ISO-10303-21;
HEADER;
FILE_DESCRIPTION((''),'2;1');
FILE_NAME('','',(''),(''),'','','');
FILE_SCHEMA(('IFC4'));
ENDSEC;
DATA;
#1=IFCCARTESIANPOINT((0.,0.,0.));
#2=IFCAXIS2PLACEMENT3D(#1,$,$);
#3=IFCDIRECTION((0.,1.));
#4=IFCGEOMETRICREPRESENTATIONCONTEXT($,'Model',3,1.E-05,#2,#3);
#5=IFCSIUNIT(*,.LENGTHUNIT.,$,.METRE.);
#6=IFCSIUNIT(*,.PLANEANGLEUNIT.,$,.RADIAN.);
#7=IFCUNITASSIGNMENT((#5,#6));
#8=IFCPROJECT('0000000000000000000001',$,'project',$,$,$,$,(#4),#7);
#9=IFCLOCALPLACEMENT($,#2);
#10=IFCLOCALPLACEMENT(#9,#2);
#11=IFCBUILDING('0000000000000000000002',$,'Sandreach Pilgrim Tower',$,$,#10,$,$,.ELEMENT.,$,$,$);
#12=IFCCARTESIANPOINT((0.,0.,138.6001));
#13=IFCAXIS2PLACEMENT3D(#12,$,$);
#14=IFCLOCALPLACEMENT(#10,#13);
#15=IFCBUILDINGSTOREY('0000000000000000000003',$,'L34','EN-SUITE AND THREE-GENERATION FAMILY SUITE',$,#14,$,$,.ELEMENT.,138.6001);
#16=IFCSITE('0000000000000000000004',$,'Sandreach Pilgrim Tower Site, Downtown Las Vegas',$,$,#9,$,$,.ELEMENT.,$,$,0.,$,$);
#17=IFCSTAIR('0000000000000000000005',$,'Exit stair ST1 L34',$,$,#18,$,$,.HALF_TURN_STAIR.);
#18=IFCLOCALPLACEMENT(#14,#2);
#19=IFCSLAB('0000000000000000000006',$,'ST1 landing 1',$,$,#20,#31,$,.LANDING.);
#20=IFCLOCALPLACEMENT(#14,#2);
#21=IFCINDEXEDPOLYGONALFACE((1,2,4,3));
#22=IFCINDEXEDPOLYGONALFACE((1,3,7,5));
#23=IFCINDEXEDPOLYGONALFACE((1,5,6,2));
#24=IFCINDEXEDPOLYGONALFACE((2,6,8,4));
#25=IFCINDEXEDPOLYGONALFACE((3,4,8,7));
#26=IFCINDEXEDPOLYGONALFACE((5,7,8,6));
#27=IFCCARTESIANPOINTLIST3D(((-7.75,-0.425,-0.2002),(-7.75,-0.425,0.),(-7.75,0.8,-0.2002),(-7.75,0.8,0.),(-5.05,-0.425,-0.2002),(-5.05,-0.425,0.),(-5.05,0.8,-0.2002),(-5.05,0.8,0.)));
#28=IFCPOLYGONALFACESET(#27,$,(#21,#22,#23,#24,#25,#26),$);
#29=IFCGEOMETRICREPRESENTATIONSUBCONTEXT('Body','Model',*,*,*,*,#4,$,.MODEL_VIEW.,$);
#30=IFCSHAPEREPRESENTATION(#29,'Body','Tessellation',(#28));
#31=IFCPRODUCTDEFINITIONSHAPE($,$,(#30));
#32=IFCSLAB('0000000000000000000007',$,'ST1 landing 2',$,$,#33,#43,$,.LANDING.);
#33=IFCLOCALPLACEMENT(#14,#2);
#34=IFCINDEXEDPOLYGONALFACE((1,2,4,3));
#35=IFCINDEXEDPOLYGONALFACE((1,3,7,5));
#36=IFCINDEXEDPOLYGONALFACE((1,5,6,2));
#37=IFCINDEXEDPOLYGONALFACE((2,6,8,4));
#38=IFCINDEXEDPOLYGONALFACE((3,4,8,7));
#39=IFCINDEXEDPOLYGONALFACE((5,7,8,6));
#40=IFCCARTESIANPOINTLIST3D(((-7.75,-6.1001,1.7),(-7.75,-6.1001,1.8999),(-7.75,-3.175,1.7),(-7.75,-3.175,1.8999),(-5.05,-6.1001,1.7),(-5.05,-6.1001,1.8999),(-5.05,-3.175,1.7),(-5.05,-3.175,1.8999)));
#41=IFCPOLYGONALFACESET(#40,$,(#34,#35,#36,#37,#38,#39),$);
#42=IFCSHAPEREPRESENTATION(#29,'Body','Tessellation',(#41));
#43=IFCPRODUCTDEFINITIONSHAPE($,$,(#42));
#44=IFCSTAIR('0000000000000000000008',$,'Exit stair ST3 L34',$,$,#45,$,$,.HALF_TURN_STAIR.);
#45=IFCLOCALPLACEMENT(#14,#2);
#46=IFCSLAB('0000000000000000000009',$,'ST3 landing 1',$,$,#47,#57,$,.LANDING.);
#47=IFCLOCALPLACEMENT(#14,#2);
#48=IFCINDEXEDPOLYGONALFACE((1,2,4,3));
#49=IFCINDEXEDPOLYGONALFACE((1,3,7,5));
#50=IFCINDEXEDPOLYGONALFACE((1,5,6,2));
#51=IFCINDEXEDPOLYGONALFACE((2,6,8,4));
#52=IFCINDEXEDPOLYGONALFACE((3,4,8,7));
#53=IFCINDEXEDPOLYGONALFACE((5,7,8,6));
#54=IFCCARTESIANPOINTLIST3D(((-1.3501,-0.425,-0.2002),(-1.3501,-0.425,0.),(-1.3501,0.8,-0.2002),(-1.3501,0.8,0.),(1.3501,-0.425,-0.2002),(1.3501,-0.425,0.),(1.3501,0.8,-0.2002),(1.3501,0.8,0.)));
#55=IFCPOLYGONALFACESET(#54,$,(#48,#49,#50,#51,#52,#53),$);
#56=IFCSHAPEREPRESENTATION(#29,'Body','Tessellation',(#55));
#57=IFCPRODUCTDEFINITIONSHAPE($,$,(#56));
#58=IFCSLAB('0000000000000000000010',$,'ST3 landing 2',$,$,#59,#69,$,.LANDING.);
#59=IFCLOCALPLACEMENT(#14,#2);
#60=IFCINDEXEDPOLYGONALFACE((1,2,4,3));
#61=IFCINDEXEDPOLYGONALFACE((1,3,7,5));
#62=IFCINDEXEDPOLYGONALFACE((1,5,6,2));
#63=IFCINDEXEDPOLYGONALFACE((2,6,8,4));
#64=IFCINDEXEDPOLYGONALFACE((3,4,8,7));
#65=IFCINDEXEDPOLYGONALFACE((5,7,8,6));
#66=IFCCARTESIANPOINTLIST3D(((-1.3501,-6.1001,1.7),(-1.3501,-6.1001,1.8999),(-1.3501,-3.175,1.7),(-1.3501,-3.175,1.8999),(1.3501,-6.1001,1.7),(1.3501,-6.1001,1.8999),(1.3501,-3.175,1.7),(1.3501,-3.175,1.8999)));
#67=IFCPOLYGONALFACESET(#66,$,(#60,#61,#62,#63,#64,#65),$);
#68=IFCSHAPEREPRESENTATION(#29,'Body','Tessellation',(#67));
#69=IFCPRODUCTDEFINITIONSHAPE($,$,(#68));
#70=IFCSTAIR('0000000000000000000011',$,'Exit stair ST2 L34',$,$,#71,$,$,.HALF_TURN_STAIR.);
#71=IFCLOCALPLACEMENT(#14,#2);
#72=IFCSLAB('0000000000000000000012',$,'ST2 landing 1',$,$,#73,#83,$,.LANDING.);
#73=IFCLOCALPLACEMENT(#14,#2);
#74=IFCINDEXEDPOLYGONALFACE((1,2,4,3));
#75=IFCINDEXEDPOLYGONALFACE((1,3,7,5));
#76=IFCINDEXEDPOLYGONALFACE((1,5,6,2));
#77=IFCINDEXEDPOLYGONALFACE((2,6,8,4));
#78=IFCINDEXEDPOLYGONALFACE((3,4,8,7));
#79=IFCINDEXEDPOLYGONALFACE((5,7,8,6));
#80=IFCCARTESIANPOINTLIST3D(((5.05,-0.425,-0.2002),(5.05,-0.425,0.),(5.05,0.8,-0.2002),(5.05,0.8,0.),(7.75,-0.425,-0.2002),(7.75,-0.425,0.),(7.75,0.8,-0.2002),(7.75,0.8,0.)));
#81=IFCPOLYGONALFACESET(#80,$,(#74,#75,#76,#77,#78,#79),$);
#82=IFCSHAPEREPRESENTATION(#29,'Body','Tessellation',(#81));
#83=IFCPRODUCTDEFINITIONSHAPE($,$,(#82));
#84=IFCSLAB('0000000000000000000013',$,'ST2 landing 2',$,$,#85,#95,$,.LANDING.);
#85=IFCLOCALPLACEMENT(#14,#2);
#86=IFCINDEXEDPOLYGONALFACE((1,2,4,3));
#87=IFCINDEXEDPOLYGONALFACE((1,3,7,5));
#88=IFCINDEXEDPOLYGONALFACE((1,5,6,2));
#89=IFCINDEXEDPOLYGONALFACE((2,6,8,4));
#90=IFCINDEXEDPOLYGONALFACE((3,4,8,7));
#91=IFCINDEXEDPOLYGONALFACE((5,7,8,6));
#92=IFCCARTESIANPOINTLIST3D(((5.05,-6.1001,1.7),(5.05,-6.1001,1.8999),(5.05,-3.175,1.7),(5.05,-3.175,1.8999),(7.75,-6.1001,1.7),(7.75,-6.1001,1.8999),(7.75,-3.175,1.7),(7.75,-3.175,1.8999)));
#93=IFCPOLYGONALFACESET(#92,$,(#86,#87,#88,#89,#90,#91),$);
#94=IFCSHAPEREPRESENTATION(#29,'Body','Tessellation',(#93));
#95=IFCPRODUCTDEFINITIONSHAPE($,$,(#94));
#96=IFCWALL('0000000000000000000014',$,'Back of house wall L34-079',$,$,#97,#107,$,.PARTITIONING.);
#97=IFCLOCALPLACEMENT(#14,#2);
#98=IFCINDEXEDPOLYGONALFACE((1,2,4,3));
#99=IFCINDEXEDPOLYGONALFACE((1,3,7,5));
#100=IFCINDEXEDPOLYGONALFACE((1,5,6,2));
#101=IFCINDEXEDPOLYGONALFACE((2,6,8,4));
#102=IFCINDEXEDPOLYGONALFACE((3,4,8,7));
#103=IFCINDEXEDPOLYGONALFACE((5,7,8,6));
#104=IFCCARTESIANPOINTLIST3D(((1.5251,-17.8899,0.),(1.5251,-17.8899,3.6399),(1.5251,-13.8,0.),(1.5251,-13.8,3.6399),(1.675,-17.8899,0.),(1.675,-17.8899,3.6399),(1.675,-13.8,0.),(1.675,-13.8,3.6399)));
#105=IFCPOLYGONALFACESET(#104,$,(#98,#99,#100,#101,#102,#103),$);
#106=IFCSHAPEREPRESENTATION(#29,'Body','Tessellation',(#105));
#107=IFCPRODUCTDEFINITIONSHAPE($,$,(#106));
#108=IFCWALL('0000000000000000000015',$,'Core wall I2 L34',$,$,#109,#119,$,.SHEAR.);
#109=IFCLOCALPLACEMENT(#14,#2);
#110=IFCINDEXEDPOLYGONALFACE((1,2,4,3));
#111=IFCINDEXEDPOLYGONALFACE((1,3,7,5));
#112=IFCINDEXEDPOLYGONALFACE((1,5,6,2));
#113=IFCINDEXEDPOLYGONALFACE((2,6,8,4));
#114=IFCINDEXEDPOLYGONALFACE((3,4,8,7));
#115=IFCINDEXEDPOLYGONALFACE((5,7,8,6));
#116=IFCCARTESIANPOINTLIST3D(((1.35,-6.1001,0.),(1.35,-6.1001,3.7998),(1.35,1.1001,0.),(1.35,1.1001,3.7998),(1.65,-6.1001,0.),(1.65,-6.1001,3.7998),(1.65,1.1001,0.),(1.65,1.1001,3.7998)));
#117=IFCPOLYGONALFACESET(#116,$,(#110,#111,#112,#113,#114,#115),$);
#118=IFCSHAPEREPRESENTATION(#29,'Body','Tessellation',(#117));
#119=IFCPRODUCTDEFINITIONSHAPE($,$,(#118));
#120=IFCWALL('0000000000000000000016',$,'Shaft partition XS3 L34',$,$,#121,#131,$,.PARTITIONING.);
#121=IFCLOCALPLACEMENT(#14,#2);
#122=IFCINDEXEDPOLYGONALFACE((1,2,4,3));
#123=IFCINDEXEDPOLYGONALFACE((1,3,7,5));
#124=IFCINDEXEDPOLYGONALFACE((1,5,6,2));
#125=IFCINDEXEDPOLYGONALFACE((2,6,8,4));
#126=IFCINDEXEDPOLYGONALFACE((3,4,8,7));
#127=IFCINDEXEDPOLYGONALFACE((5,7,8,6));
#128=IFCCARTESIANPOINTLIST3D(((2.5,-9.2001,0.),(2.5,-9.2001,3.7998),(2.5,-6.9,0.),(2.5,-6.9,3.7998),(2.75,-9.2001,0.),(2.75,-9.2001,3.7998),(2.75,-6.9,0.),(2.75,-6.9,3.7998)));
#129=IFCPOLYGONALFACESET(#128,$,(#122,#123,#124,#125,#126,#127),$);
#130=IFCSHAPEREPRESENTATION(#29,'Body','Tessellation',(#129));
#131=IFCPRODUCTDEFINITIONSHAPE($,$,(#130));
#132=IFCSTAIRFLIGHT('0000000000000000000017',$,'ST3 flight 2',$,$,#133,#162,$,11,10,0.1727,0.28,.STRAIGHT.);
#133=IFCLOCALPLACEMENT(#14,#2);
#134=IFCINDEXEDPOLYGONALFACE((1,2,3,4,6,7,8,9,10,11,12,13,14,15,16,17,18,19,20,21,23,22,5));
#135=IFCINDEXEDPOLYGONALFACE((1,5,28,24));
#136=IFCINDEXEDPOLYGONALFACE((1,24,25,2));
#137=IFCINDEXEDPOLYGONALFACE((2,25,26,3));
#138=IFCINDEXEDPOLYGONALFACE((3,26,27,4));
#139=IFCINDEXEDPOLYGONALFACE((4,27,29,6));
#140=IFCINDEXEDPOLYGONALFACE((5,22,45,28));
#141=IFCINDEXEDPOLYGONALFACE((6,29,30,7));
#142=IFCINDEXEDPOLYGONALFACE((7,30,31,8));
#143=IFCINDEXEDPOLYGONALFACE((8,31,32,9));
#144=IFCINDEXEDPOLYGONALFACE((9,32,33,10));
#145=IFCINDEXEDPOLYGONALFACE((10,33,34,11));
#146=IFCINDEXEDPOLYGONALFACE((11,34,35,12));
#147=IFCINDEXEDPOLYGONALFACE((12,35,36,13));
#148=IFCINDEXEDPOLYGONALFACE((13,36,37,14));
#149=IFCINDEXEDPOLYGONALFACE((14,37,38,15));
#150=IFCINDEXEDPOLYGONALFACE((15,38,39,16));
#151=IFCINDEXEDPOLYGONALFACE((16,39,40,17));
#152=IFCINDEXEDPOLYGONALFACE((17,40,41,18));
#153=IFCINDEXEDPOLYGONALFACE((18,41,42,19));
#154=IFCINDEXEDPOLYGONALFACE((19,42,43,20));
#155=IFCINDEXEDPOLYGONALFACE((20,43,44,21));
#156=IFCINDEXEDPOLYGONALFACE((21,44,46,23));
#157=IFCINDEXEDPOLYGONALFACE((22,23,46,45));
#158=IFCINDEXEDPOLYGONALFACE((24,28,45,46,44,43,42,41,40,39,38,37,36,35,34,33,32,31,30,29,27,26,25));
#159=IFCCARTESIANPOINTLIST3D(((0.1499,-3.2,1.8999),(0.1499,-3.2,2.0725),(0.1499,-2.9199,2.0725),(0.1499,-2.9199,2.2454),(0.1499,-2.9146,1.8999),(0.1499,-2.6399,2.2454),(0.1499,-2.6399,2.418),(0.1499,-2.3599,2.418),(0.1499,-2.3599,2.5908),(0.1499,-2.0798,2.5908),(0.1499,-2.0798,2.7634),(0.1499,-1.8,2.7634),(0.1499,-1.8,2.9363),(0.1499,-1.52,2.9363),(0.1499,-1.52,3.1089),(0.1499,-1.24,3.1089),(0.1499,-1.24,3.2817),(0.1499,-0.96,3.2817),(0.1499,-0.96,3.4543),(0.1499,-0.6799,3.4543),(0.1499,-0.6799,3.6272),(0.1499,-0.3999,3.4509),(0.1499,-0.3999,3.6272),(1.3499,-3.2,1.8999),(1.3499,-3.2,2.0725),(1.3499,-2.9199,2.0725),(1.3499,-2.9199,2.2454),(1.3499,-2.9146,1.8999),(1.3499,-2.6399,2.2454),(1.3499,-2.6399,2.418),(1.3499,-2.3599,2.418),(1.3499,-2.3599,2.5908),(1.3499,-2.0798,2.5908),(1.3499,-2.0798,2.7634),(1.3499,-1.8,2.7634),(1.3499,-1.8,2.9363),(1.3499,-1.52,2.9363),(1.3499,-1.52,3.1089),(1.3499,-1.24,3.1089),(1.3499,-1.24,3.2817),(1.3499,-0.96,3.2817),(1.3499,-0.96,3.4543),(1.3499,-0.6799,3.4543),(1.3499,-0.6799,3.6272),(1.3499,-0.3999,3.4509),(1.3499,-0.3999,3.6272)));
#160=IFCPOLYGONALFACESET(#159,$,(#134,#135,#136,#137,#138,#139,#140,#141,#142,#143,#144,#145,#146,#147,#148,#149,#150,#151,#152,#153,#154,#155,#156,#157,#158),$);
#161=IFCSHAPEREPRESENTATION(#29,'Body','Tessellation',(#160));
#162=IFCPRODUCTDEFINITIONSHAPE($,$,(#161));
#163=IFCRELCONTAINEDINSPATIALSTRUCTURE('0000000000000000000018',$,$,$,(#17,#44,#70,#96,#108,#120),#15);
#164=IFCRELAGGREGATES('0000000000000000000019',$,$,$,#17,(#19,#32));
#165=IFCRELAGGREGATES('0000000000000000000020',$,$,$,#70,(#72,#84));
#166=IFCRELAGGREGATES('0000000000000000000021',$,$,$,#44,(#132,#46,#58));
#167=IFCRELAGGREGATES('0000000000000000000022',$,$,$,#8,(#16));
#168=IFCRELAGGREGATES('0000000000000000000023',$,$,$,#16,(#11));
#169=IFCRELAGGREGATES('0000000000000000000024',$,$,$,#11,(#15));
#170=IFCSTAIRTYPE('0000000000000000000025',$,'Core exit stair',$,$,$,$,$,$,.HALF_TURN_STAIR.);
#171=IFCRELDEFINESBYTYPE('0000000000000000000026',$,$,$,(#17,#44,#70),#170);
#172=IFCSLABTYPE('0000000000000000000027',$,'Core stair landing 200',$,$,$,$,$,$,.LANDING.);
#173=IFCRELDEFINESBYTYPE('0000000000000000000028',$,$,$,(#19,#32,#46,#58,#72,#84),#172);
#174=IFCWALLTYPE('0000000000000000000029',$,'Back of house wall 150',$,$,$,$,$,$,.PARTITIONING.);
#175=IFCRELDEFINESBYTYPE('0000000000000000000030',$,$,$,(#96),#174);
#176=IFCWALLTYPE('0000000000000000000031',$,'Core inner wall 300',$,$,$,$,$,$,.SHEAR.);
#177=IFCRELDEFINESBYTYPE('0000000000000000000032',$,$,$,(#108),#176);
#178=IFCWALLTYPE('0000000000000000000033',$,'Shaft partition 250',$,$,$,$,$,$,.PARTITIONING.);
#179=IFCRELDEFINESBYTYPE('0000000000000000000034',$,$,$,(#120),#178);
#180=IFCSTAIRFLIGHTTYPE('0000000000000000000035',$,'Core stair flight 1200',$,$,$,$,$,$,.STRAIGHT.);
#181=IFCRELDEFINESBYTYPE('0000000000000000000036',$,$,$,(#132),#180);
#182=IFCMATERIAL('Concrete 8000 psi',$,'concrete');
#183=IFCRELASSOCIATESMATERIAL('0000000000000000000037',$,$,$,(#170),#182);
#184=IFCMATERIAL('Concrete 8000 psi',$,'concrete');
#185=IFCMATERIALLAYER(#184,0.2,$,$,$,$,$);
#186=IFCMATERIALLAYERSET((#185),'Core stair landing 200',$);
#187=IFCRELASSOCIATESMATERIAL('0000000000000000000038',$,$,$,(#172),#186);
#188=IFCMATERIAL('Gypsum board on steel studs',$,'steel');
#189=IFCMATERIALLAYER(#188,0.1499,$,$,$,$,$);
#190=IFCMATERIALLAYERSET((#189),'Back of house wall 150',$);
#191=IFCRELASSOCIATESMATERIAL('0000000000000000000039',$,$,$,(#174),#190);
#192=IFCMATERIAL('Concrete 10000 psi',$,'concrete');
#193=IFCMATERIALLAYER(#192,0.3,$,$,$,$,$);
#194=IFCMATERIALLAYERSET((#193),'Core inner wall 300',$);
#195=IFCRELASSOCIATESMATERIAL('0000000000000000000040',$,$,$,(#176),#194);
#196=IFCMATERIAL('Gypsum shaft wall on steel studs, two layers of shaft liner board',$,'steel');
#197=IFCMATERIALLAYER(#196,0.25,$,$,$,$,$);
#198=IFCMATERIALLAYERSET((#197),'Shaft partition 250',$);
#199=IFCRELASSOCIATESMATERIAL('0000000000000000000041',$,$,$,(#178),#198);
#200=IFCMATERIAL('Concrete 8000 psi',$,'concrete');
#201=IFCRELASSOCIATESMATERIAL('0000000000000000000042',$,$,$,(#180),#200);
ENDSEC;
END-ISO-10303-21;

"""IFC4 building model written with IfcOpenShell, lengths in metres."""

from ifc_helpers import new_model, si_unit, direction, frame, frame_2d, origin, place, context, subcontext, project, spatial, polyline, rectangle, outline, extrude, material, layer, layer_set, type_object, element, aggregate, save


model = new_model("IFC4")

# Units and contexts
model_context = context("Model", 3, precision=1e-05, world=origin(), true_north=direction((0.0, 1.0)))
body_context = subcontext(model_context, "Body", "Model", "MODEL_VIEW")
ifc_project = project(units=[si_unit("LENGTHUNIT", "METRE"), si_unit("PLANEANGLEUNIT", "RADIAN")], contexts=[model_context])

# Site, building, storey
site_placement = place(None, origin())
site = spatial("IfcSite", under=ifc_project, at=site_placement, Name="Sandreach Pilgrim Tower Site, Downtown Las Vegas", CompositionType="ELEMENT", RefElevation=0.0)
building_placement = place(site_placement, origin())
building = spatial("IfcBuilding", under=site, at=building_placement, Name="Sandreach Pilgrim Tower", CompositionType="ELEMENT")
storey_placement = place(building_placement, frame((0.0, 0.0, 138.6001)))
storey = spatial("IfcBuildingStorey", under=building, at=storey_placement, Name="L34", Description="EN-SUITE AND THREE-GENERATION FAMILY SUITE", CompositionType="ELEMENT", Elevation=138.6001)

# Stairs, slabs
ifc_material_1 = material(Name="Concrete 8000 psi", Category="concrete")
stair_type = type_object("IfcStairType", Name="Core exit stair", PredefinedType="HALF_TURN_STAIR", material=ifc_material_1)
stair_1_placement = place(storey_placement, origin())
stair_1 = element("IfcStair", 1, at=stair_1_placement, inside=storey, type_object=stair_type, Name="Exit stair ST1 L34", PredefinedType="HALF_TURN_STAIR")
ifc_material_2 = material(Name="Concrete 8000 psi", Category="concrete")
ifc_layer_1 = layer(ifc_material_2, 0.2)
ifc_layer_set_1 = layer_set([ifc_layer_1], Name="Core stair landing 200")
slab_type = type_object("IfcSlabType", Name="Core stair landing 200", PredefinedType="LANDING", material=ifc_layer_set_1)
slab_1_placement = place(storey_placement, frame((0.0, 0.0, -0.2002)))
slab_1 = element("IfcSlab", 2, at=slab_1_placement, type_object=slab_type, Name="ST1 landing 1", PredefinedType="LANDING", context=body_context, shape_type="SweptSolid", body=[
    extrude(outline(polyline([(-7.75, -0.425), (-5.05, -0.425), (-5.05, 0.8), (-7.75, 0.8), (-7.75, -0.425)])), origin(), (0.0, 0.0, 1.0), 0.2002),
])
slab_2_placement = place(storey_placement, frame((0.0, 0.0, 1.7)))
slab_2 = element("IfcSlab", 3, at=slab_2_placement, type_object=slab_type, Name="ST1 landing 2", PredefinedType="LANDING", context=body_context, shape_type="SweptSolid", body=[
    extrude(outline(polyline([(-7.75, -6.1001), (-5.05, -6.1001), (-5.05, -3.175), (-7.75, -3.175), (-7.75, -6.1001)])), origin(), (0.0, 0.0, 1.0), 0.2),
])
aggregate(stair_1, [slab_1, slab_2])
stair_2_placement = place(storey_placement, origin())
stair_2 = element("IfcStair", 4, at=stair_2_placement, inside=storey, type_object=stair_type, Name="Exit stair ST3 L34", PredefinedType="HALF_TURN_STAIR")
slab_3_placement = place(storey_placement, frame((0.0, 0.0, -0.2002)))
slab_3 = element("IfcSlab", 5, at=slab_3_placement, type_object=slab_type, Name="ST3 landing 1", PredefinedType="LANDING", context=body_context, shape_type="SweptSolid", body=[
    extrude(outline(polyline([(-1.3501, -0.425), (1.3501, -0.425), (1.3501, 0.8), (-1.3501, 0.8), (-1.3501, -0.425)])), origin(), (0.0, 0.0, 1.0), 0.2002),
])
slab_4_placement = place(storey_placement, frame((0.0, 0.0, 1.7)))
slab_4 = element("IfcSlab", 6, at=slab_4_placement, type_object=slab_type, Name="ST3 landing 2", PredefinedType="LANDING", context=body_context, shape_type="SweptSolid", body=[
    extrude(outline(polyline([(-1.3501, -6.1001), (1.3501, -6.1001), (1.3501, -3.175), (-1.3501, -3.175), (-1.3501, -6.1001)])), origin(), (0.0, 0.0, 1.0), 0.2),
])
stair_3_placement = place(storey_placement, origin())
stair_3 = element("IfcStair", 7, at=stair_3_placement, inside=storey, type_object=stair_type, Name="Exit stair ST2 L34", PredefinedType="HALF_TURN_STAIR")
slab_5_placement = place(storey_placement, frame((0.0, 0.0, -0.2002)))
slab_5 = element("IfcSlab", 8, at=slab_5_placement, type_object=slab_type, Name="ST2 landing 1", PredefinedType="LANDING", context=body_context, shape_type="SweptSolid", body=[
    extrude(outline(polyline([(5.05, -0.425), (7.75, -0.425), (7.75, 0.8), (5.05, 0.8), (5.05, -0.425)])), origin(), (0.0, 0.0, 1.0), 0.2002),
])
slab_6_placement = place(storey_placement, frame((0.0, 0.0, 1.7)))
slab_6 = element("IfcSlab", 9, at=slab_6_placement, type_object=slab_type, Name="ST2 landing 2", PredefinedType="LANDING", context=body_context, shape_type="SweptSolid", body=[
    extrude(outline(polyline([(5.05, -6.1001), (7.75, -6.1001), (7.75, -3.175), (5.05, -3.175), (5.05, -6.1001)])), origin(), (0.0, 0.0, 1.0), 0.2),
])
aggregate(stair_3, [slab_5, slab_6])

# Walls
ifc_material_3 = material(Name="Gypsum board on steel studs", Category="steel")
ifc_layer_2 = layer(ifc_material_3, 0.1499)
ifc_layer_set_2 = layer_set([ifc_layer_2], Name="Back of house wall 150")
wall_type_1 = type_object("IfcWallType", Name="Back of house wall 150", PredefinedType="PARTITIONING", material=ifc_layer_set_2)
wall_1_placement = place(storey_placement, frame((1.6001, -13.8, 0.0), z_axis=(0.0, 0.0, 1.0), x_axis=(0.0, -1.0, 0.0)))
element("IfcWall", 10, at=wall_1_placement, inside=storey, type_object=wall_type_1, Name="Back of house wall L34-079", PredefinedType="PARTITIONING", context=body_context, shape_type="SweptSolid", body=[
    extrude(rectangle(XDim=4.0898, YDim=0.1499, at=frame_2d((2.0449, 0.0))), origin(), (0.0, 0.0, 1.0), 3.6399),
])
ifc_material_4 = material(Name="Concrete 10000 psi", Category="concrete")
ifc_layer_3 = layer(ifc_material_4, 0.3)
ifc_layer_set_3 = layer_set([ifc_layer_3], Name="Core inner wall 300")
wall_type_2 = type_object("IfcWallType", Name="Core inner wall 300", PredefinedType="SHEAR", material=ifc_layer_set_3)
wall_2_placement = place(storey_placement, frame((1.5, -6.1001, 0.0), z_axis=(0.0, 0.0, 1.0), x_axis=(0.0, 1.0, 0.0)))
element("IfcWall", 11, at=wall_2_placement, inside=storey, type_object=wall_type_2, Name="Core wall I2 L34", PredefinedType="SHEAR", context=body_context, shape_type="SweptSolid", body=[
    extrude(rectangle(XDim=7.2002, YDim=0.3, at=frame_2d((3.6001, 0.0))), origin(), (0.0, 0.0, 1.0), 3.7998),
])

# Wall
ifc_material_5 = material(Name="Gypsum shaft wall on steel studs, two layers of shaft liner board", Category="steel")
ifc_layer_4 = layer(ifc_material_5, 0.25)
ifc_layer_set_4 = layer_set([ifc_layer_4], Name="Shaft partition 250")
wall_type_3 = type_object("IfcWallType", Name="Shaft partition 250", PredefinedType="PARTITIONING", material=ifc_layer_set_4)
wall_3_placement = place(storey_placement, frame((2.625, -9.2, 0.0), z_axis=(0.0, 0.0, 1.0), x_axis=(0.0, 1.0, 0.0)))
element("IfcWall", 12, at=wall_3_placement, inside=storey, type_object=wall_type_3, Name="Shaft partition XS3 L34", PredefinedType="PARTITIONING", context=body_context, shape_type="SweptSolid", body=[
    extrude(rectangle(XDim=2.3, YDim=0.25, at=frame_2d((1.1499, 0.0))), origin(), (0.0, 0.0, 1.0), 3.7998),
])

# Stair flight
ifc_material_6 = material(Name="Concrete 8000 psi", Category="concrete")
stair_flight_type = type_object("IfcStairFlightType", Name="Core stair flight 1200", PredefinedType="STRAIGHT", material=ifc_material_6)
stair_flight_placement = place(storey_placement, frame((0.75, -3.2, 1.8999), z_axis=(0.0, 0.0, 1.0), x_axis=(0.0, 1.0, 0.0)))
stair_flight = element("IfcStairFlight", 13, at=stair_flight_placement, type_object=stair_flight_type, Name="ST3 flight 2", NumberOfRisers=11, NumberOfTreads=10, PredefinedType="STRAIGHT", RiserHeight=0.1727, TreadLength=0.28, context=body_context, shape_type="SweptSolid", body=[
    extrude(outline(polyline([(0.0, 0.0), (0.0, 0.1726), (0.28, 0.1726), (0.28, 0.3455), (0.5601, 0.3455), (0.5601, 0.5181), (0.8401, 0.5181), (0.8401, 0.6909), (1.1201, 0.6909), (1.1201, 0.8635), (1.3999, 0.8635), (1.3999, 1.0364), (1.6799, 1.0364), (1.6799, 1.209), (1.96, 1.209), (1.96, 1.3818), (2.24, 1.3818), (2.24, 1.5544), (2.52, 1.5544), (2.52, 1.7273), (2.8, 1.7273), (2.8, 1.8999), (2.8, 1.551), (0.2854, 0.0), (0.0, 0.0)])), frame((0.0, 0.6001, 0.0), z_axis=(0.0, -1.0, 0.0), x_axis=(1.0, 0.0, 0.0)), (0.0, 0.0, 1.0), 1.2),
])
aggregate(stair_2, [stair_flight, slab_3, slab_4])

save(model, "model.ifc")
